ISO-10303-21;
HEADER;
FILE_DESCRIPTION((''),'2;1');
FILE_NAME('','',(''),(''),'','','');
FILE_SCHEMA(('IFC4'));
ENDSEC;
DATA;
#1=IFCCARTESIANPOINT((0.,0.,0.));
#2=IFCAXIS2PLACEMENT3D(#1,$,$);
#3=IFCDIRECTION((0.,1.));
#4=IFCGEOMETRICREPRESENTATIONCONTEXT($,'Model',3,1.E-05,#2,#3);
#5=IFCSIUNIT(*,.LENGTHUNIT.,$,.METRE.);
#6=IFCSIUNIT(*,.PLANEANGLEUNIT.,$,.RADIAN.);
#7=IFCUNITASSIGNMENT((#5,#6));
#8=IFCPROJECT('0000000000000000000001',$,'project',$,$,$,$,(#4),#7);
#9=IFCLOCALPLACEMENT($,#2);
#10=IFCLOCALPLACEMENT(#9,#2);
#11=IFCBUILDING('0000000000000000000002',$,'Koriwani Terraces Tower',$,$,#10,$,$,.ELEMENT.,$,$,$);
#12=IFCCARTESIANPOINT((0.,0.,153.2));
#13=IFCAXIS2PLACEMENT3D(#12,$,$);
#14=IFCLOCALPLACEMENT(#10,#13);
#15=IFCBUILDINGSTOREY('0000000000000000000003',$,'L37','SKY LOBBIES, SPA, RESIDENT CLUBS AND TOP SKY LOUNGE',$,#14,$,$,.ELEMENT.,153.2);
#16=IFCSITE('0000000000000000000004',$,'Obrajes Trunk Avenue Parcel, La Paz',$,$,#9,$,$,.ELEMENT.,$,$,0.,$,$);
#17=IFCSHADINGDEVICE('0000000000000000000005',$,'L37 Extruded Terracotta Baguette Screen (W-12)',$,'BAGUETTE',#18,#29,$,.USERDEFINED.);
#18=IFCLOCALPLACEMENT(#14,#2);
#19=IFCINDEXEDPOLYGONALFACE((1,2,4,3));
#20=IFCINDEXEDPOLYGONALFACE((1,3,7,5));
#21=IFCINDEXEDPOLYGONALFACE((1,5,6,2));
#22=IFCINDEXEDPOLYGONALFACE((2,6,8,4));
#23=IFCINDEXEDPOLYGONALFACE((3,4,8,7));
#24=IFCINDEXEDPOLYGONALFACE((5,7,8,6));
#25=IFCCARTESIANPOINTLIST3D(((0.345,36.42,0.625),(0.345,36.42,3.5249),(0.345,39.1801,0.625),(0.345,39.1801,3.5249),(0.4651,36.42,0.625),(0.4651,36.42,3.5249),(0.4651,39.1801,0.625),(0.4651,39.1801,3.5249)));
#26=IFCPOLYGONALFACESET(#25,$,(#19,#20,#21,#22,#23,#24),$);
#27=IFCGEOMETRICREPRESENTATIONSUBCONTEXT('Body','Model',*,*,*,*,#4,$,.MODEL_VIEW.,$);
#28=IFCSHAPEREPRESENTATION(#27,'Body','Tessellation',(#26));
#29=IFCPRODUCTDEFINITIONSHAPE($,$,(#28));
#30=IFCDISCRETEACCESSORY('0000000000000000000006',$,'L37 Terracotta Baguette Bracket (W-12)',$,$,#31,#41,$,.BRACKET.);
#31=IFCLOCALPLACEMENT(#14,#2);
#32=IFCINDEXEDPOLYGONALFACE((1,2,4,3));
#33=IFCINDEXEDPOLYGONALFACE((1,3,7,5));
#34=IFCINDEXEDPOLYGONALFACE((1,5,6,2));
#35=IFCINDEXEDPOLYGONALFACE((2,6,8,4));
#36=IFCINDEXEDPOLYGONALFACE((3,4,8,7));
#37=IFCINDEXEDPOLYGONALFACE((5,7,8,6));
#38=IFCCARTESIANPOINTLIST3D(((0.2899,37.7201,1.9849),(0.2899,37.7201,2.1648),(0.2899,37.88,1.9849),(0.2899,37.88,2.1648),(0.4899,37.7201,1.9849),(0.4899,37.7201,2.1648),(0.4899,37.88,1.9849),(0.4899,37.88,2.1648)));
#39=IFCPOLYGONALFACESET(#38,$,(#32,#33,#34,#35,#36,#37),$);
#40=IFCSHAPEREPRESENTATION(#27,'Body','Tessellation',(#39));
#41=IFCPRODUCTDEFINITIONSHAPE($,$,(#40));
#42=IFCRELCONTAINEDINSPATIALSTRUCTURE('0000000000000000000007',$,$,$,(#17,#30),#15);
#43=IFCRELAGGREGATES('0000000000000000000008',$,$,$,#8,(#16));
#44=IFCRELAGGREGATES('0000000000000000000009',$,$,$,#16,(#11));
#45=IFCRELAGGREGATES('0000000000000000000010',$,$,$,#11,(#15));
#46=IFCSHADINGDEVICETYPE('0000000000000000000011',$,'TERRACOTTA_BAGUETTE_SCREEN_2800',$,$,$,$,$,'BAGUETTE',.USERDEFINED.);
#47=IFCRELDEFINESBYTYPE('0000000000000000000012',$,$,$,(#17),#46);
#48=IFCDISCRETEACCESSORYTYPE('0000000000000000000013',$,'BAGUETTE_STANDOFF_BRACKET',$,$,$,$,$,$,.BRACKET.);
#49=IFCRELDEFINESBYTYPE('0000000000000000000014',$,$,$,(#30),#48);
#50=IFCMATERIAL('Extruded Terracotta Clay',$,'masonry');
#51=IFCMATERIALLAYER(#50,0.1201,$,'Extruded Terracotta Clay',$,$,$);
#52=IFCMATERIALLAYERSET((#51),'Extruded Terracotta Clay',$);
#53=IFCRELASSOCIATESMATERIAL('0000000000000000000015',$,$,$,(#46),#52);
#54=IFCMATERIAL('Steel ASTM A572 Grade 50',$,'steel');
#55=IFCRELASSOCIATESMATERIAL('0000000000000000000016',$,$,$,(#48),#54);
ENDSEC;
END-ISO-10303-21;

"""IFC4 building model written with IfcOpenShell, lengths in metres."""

from ifc_helpers import new_model, si_unit, direction, frame, origin, origin_2d, place, context, subcontext, project, spatial, rectangle, extrude, material, layer, layer_set, type_object, element, save


model = new_model("IFC4")

# Units and contexts
model_context = context("Model", 3, precision=1e-05, world=origin(), true_north=direction((0.0, 1.0)))
body_context = subcontext(model_context, "Body", "Model", "MODEL_VIEW")
ifc_project = project(units=[si_unit("LENGTHUNIT", "METRE"), si_unit("PLANEANGLEUNIT", "RADIAN")], contexts=[model_context])

# Site, building, storey
site_placement = place(None, origin())
site = spatial("IfcSite", under=ifc_project, at=site_placement, Name="Obrajes Trunk Avenue Parcel, La Paz", CompositionType="ELEMENT", RefElevation=0.0)
building_placement = place(site_placement, origin())
building = spatial("IfcBuilding", under=site, at=building_placement, Name="Koriwani Terraces Tower", CompositionType="ELEMENT")
storey_placement = place(building_placement, frame((0.0, 0.0, 153.2)))
storey = spatial("IfcBuildingStorey", under=building, at=storey_placement, Name="L37", Description="SKY LOBBIES, SPA, RESIDENT CLUBS AND TOP SKY LOUNGE", CompositionType="ELEMENT", Elevation=153.2)

# Shared definitions
ifc_material_1 = material(Name="Steel ASTM A572 Grade 50", Category="steel")

# Shading device
ifc_material_2 = material(Name="Extruded Terracotta Clay", Category="masonry")
ifc_layer_1 = layer(ifc_material_2, 0.1201, Name="Extruded Terracotta Clay")
ifc_layer_set_1 = layer_set([ifc_layer_1], Name="Extruded Terracotta Clay")
shading_device_type = type_object("IfcShadingDeviceType", Name="TERRACOTTA_BAGUETTE_SCREEN_2800", ElementType="BAGUETTE", PredefinedType="USERDEFINED", material=ifc_layer_set_1)
shading_device_placement = place(storey_placement, frame((0.405, 37.8, 0.625), z_axis=(0.0, 0.0, 1.0), x_axis=(0.0, 1.0, 0.0)))
element("IfcShadingDevice", 1, at=shading_device_placement, inside=storey, type_object=shading_device_type, Name="L37 Extruded Terracotta Baguette Screen (W-12)", ObjectType="BAGUETTE", PredefinedType="USERDEFINED", context=body_context, shape_type="SweptSolid", body=[
    extrude(rectangle(XDim=2.76, YDim=0.1201, at=origin_2d()), origin(), (0.0, 0.0, 1.0), 2.8999),
])

# Discrete accessory
discrete_accessory_type = type_object("IfcDiscreteAccessoryType", Name="BAGUETTE_STANDOFF_BRACKET", PredefinedType="BRACKET", material=ifc_material_1)
discrete_accessory_placement = place(storey_placement, frame((0.3899, 37.8, 1.9849), z_axis=(0.0, 0.0, 1.0), x_axis=(0.0, 1.0, 0.0)))
element("IfcDiscreteAccessory", 2, at=discrete_accessory_placement, inside=storey, type_object=discrete_accessory_type, Name="L37 Terracotta Baguette Bracket (W-12)", PredefinedType="BRACKET", context=body_context, shape_type="SweptSolid", body=[
    extrude(rectangle(XDim=0.1599, YDim=0.2, at=origin_2d()), origin(), (0.0, 0.0, 1.0), 0.1799),
])

save(model, "model.ifc")
